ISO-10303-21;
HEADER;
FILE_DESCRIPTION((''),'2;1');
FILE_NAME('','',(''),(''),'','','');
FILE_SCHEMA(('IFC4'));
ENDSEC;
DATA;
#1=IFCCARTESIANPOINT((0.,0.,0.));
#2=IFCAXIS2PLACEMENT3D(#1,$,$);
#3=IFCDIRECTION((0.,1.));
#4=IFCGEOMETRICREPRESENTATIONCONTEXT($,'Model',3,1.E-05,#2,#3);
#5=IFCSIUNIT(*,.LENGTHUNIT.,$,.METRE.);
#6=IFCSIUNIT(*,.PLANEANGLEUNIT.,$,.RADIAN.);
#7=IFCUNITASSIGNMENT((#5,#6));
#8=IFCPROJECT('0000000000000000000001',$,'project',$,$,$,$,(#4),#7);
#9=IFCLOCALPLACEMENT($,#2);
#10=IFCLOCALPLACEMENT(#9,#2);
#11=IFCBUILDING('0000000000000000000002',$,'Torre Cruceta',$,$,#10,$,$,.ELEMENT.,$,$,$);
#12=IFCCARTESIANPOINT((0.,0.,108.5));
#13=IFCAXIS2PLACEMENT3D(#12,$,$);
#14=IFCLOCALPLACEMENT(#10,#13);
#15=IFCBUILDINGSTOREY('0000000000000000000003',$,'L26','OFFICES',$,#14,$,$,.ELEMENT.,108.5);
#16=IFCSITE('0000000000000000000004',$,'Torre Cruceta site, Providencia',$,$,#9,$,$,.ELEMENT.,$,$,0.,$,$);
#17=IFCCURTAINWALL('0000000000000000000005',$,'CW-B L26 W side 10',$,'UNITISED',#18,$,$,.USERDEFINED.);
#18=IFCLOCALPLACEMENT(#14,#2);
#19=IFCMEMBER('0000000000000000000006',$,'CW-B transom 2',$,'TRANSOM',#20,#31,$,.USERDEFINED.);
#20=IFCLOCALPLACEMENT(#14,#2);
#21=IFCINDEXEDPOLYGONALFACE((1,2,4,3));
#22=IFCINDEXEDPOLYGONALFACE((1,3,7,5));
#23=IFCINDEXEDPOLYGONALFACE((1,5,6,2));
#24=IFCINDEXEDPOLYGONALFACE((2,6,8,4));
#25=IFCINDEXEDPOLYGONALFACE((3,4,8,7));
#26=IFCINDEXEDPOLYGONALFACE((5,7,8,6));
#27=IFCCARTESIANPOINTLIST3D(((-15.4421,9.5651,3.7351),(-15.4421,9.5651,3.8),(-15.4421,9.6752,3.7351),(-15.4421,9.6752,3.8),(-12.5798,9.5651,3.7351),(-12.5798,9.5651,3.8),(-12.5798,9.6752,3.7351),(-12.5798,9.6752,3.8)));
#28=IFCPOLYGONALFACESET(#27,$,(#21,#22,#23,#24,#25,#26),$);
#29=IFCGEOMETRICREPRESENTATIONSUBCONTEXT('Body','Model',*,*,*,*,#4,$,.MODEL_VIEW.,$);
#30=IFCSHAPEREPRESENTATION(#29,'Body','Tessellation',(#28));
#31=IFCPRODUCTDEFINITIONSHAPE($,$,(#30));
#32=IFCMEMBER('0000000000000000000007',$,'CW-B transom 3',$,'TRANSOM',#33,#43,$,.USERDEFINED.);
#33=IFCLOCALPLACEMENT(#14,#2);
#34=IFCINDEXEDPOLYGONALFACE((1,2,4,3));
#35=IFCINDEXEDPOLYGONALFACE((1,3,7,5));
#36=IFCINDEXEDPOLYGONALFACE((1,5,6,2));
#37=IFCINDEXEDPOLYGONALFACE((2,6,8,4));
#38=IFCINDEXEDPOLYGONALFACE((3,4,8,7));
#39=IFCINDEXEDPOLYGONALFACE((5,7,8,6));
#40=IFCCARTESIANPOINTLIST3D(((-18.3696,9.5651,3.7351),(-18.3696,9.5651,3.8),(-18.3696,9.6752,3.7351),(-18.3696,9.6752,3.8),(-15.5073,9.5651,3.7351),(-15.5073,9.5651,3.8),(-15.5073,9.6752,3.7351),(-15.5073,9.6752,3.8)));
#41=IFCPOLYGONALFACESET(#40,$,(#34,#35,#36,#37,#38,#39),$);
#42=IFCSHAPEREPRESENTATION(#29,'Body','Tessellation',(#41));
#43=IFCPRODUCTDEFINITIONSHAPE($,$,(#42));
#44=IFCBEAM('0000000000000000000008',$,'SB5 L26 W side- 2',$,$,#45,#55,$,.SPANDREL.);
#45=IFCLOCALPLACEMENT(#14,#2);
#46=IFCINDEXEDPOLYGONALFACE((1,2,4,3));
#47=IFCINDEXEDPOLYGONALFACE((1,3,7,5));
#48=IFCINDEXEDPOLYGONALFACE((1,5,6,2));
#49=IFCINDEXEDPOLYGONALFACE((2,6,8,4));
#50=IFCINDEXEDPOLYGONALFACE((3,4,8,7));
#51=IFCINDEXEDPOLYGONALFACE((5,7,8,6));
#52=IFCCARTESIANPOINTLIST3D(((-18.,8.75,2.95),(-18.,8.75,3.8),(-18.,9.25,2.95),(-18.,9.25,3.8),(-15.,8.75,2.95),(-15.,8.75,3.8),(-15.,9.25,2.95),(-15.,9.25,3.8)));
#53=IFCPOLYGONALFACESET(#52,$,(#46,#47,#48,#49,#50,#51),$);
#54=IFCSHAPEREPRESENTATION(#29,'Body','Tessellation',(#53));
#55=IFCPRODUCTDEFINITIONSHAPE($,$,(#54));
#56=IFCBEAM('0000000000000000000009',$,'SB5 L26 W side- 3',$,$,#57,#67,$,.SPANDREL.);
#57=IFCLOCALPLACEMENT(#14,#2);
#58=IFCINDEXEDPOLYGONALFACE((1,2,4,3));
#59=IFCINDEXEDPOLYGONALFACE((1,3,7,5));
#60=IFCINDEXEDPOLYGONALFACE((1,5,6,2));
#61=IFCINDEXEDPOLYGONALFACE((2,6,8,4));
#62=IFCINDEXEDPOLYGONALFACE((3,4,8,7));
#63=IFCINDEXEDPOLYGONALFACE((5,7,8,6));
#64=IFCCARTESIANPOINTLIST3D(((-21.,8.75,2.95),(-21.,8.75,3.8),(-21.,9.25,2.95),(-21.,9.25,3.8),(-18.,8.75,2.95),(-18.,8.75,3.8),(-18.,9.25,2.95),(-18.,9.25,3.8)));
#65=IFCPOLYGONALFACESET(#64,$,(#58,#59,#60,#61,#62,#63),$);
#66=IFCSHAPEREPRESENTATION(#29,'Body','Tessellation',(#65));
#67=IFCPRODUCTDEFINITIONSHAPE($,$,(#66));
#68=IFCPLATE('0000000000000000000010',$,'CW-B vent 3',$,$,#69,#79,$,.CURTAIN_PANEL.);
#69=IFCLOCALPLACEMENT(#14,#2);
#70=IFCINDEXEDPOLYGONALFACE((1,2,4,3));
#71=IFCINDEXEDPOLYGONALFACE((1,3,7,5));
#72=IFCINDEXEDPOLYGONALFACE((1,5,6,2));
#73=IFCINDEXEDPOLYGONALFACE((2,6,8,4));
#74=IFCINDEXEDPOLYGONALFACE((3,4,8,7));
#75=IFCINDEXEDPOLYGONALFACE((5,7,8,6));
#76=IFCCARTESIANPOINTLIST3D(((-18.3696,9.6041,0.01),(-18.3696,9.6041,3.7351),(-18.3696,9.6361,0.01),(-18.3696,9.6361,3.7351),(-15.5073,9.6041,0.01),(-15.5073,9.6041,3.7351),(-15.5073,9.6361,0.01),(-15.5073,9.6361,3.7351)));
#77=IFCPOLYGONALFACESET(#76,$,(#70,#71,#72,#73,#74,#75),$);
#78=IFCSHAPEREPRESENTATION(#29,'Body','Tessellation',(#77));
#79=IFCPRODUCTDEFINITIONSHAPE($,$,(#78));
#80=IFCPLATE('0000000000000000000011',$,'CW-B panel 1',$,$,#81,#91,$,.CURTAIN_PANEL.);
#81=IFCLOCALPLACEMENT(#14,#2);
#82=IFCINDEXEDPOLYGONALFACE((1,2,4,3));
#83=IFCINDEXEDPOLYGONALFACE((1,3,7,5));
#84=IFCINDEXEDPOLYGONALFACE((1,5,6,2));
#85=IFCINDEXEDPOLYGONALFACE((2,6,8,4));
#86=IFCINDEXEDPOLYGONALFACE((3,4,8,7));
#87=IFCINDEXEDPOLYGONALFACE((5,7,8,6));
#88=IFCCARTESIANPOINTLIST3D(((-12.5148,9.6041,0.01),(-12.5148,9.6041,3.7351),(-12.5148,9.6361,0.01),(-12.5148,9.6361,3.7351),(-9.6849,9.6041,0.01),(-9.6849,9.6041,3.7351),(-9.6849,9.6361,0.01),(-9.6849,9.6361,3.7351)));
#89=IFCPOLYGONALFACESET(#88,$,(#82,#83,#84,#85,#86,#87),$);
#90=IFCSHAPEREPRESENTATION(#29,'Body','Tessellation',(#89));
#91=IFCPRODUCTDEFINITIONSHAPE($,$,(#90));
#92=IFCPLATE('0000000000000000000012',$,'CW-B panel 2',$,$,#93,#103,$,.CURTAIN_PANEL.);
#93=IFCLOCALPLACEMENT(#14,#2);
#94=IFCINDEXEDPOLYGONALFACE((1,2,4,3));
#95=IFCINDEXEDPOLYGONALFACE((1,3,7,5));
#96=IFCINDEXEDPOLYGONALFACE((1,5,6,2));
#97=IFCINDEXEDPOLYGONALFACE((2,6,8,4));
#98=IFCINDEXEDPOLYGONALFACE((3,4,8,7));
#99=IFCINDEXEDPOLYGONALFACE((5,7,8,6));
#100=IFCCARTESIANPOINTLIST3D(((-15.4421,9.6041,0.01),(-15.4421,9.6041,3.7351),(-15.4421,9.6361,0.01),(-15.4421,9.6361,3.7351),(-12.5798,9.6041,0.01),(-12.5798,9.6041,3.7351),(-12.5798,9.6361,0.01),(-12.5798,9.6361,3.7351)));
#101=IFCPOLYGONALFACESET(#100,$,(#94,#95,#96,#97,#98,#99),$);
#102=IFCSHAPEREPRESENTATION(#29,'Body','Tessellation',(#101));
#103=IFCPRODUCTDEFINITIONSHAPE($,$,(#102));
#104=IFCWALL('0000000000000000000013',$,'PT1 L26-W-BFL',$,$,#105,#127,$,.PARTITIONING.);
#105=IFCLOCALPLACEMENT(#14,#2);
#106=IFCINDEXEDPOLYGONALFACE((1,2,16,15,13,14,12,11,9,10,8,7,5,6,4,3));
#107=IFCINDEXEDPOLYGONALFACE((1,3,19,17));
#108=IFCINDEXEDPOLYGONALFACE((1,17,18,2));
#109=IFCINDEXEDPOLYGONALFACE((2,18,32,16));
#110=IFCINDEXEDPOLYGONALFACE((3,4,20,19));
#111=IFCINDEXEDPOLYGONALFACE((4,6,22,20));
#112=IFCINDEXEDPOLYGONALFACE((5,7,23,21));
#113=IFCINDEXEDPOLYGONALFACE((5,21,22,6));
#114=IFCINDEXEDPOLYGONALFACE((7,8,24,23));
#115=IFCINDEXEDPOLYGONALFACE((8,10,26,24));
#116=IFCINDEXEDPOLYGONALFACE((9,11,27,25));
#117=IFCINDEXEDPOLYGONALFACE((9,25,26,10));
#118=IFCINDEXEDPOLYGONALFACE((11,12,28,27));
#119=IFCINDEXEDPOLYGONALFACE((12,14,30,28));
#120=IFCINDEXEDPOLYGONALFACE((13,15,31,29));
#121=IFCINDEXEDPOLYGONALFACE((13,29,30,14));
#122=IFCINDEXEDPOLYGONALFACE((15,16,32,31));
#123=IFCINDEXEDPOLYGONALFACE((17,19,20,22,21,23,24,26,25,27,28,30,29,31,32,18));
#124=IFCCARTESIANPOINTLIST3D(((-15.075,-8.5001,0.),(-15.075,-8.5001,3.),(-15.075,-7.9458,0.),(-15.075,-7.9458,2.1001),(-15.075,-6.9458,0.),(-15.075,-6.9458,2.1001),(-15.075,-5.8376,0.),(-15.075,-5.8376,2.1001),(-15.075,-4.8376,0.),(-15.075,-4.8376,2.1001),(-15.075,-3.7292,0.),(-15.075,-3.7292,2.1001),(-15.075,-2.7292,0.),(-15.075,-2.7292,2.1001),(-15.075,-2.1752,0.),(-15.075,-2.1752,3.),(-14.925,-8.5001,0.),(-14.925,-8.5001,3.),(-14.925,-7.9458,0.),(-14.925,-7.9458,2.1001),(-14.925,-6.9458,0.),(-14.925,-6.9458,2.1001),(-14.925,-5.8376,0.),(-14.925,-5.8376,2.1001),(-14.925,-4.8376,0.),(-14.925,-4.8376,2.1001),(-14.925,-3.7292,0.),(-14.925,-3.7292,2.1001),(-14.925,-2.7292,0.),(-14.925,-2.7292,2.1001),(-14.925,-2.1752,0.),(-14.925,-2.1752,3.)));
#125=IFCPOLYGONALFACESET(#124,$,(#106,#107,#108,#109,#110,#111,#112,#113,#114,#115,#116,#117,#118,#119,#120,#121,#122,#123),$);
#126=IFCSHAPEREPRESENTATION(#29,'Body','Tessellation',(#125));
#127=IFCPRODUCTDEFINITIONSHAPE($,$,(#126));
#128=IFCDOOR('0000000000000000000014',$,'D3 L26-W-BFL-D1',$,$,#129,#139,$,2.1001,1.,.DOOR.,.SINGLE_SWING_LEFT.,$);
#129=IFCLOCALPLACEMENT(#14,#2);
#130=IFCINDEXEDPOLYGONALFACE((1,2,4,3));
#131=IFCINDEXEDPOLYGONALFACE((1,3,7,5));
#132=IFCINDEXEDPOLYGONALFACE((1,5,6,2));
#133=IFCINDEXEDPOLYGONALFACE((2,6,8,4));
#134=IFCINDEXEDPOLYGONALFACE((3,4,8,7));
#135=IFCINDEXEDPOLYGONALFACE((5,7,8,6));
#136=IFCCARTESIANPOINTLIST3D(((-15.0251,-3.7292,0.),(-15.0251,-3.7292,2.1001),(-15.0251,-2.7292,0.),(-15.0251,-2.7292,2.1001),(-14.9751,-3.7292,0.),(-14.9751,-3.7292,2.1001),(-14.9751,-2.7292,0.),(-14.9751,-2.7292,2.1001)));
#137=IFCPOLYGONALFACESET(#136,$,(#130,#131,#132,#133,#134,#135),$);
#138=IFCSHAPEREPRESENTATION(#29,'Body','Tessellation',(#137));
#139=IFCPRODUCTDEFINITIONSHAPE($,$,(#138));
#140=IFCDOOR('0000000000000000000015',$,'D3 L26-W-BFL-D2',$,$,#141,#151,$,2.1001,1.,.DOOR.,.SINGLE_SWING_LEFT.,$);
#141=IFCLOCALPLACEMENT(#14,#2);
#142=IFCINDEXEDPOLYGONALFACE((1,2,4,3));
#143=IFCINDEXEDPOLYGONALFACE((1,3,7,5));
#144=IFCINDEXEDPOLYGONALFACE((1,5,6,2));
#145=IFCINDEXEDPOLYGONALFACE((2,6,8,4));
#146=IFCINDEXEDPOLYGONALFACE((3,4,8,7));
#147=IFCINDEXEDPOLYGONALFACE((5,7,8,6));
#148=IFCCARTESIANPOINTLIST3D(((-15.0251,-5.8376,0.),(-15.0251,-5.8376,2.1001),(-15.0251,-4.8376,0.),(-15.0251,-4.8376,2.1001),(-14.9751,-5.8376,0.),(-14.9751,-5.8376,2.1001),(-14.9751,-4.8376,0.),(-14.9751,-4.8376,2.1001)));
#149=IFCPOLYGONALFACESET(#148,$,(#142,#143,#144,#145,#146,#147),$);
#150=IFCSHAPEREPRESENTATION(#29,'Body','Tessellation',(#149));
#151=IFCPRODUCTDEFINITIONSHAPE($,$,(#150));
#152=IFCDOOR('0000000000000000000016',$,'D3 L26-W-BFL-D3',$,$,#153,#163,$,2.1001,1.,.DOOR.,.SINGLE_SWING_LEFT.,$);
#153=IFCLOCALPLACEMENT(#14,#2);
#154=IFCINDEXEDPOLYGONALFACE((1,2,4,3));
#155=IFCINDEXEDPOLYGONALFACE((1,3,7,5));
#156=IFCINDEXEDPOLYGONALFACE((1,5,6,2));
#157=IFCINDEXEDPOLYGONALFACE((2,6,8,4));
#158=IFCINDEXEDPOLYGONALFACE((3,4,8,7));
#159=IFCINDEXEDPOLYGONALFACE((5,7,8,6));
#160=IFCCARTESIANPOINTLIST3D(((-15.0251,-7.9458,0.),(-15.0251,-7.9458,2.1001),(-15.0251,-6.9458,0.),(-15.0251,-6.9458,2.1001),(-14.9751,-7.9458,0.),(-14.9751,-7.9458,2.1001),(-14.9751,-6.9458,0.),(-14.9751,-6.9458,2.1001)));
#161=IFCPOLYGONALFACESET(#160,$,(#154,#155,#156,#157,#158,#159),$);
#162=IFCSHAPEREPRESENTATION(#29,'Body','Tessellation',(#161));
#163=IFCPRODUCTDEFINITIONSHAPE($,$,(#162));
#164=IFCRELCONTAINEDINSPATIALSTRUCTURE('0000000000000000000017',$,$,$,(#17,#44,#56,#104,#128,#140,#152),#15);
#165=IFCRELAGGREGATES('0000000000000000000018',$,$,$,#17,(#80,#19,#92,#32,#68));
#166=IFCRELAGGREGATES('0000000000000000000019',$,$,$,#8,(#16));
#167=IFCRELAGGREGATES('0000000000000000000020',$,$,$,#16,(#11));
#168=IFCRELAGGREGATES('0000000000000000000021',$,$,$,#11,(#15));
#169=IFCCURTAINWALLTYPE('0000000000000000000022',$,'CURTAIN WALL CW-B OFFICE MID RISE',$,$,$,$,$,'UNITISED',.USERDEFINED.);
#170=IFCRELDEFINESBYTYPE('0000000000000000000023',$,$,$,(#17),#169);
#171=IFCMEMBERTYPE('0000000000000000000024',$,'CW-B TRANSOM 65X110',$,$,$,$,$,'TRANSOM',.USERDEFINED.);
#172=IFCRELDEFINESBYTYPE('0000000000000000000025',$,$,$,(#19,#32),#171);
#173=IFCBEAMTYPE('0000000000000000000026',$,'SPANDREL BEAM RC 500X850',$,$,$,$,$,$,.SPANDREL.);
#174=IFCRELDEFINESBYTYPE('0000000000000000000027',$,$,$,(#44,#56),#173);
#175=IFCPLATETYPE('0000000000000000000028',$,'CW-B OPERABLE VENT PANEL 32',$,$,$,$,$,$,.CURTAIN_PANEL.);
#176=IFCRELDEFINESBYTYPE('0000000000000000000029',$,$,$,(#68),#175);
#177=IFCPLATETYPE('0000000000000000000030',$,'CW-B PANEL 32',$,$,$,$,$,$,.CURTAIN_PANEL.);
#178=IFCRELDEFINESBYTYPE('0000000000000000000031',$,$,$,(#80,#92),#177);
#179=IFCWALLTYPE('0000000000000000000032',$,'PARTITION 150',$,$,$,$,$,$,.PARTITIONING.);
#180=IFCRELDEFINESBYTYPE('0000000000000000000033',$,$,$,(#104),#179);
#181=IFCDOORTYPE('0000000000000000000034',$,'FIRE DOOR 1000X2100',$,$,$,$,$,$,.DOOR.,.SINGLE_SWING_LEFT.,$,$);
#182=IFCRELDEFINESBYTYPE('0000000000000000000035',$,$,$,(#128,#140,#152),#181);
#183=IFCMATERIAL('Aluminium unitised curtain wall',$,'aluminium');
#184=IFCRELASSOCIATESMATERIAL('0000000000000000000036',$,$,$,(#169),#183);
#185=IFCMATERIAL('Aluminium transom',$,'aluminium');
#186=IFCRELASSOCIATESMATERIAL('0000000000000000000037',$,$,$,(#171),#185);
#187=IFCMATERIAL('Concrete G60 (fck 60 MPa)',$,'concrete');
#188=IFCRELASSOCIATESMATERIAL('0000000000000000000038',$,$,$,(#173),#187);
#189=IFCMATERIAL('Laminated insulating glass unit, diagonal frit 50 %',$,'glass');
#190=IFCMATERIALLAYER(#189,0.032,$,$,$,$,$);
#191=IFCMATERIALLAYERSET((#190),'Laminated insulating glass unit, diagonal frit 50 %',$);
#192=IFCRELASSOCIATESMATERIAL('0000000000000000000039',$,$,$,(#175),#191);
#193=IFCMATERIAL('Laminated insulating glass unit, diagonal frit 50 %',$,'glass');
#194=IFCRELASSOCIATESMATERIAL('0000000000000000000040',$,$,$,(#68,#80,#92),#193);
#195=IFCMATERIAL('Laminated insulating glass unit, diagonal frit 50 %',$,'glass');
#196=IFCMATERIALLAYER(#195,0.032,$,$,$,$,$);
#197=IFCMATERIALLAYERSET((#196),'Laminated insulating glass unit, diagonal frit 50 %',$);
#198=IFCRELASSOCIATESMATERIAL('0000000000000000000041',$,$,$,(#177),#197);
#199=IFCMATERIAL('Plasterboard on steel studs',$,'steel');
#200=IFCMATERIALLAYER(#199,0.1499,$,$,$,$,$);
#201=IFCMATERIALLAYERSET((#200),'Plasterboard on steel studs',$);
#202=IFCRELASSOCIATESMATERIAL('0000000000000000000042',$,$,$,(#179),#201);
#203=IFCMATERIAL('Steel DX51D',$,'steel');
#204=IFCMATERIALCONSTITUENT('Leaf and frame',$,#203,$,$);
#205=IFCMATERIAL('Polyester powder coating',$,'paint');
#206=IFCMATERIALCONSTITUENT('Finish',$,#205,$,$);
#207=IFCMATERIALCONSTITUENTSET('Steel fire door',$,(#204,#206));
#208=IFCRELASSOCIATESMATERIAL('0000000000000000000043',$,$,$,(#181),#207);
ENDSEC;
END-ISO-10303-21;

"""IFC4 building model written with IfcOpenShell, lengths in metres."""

from ifc_helpers import new_model, si_unit, direction, frame, frame_2d, origin, origin_2d, place, context, subcontext, project, spatial, rectangle, extrude, material, layer, layer_set, constituent, constituent_set, material_profile, profile_set, type_object, element, fill, aggregate, save


model = new_model("IFC4")

# Units and contexts
model_context = context("Model", 3, precision=1e-05, world=origin(), true_north=direction((0.0, 1.0)))
body_context = subcontext(model_context, "Body", "Model", "MODEL_VIEW")
ifc_project = project(units=[si_unit("LENGTHUNIT", "METRE"), si_unit("PLANEANGLEUNIT", "RADIAN")], contexts=[model_context])

# Site, building, storey
site_placement = place(None, origin())
site = spatial("IfcSite", under=ifc_project, at=site_placement, Name="Torre Cruceta site, Providencia", CompositionType="ELEMENT", RefElevation=0.0)
building_placement = place(site_placement, origin())
building = spatial("IfcBuilding", under=site, at=building_placement, Name="Torre Cruceta", CompositionType="ELEMENT")
storey_placement = place(building_placement, frame((0.0, 0.0, 108.5)))
storey = spatial("IfcBuildingStorey", under=building, at=storey_placement, Name="L26", Description="OFFICES", CompositionType="ELEMENT", Elevation=108.5)

# Curtain wall, members
ifc_material_1 = material(Name="Aluminium unitised curtain wall", Category="aluminium")
curtain_wall_type = type_object("IfcCurtainWallType", Name="CURTAIN WALL CW-B OFFICE MID RISE", ElementType="UNITISED", PredefinedType="USERDEFINED", material=ifc_material_1)
curtain_wall_placement = place(storey_placement, origin())
curtain_wall = element("IfcCurtainWall", 1, at=curtain_wall_placement, inside=storey, type_object=curtain_wall_type, Name="CW-B L26 W side 10", ObjectType="UNITISED", PredefinedType="USERDEFINED")
ifc_material_2 = material(Name="Aluminium transom", Category="aluminium")
ifc_material_profile_1 = material_profile(ifc_material_2, rectangle(XDim=0.1101, YDim=0.0649, at=origin_2d()), Name="AL 110X65")
ifc_profile_set_1 = profile_set([ifc_material_profile_1], Name="Aluminium transom")
member_type_1 = type_object("IfcMemberType", Name="CW-B TRANSOM 65X110", ElementType="TRANSOM", PredefinedType="USERDEFINED", material=ifc_profile_set_1)
member_1_placement = place(storey_placement, frame((-12.5798, 9.6201, 3.7676), z_axis=(-1.0, 0.0, 0.0), x_axis=(0.0, -1.0, 0.0)))
member_1 = element("IfcMember", 2, at=member_1_placement, type_object=member_type_1, Name="CW-B transom 2", ObjectType="TRANSOM", PredefinedType="USERDEFINED", context=body_context, shape_type="SweptSolid", body=[
    extrude(rectangle(XDim=0.1101, YDim=0.0649, at=origin_2d()), origin(), (0.0, 0.0, 1.0), 2.8623),
])
member_2_placement = place(storey_placement, frame((-15.5073, 9.6201, 3.7676), z_axis=(-1.0, 0.0, 0.0), x_axis=(0.0, -1.0, 0.0)))
member_2 = element("IfcMember", 3, at=member_2_placement, type_object=member_type_1, Name="CW-B transom 3", ObjectType="TRANSOM", PredefinedType="USERDEFINED", context=body_context, shape_type="SweptSolid", body=[
    extrude(rectangle(XDim=0.1101, YDim=0.0649, at=origin_2d()), origin(), (0.0, 0.0, 1.0), 2.8623),
])

# Beams
ifc_material_3 = material(Name="Concrete G60 (fck 60 MPa)", Category="concrete")
ifc_material_profile_2 = material_profile(ifc_material_3, rectangle(XDim=0.5, YDim=0.8501, at=origin_2d()), Name="RC 500X850")
ifc_profile_set_2 = profile_set([ifc_material_profile_2], Name="Concrete G60 (fck 60 MPa)")
beam_type_1 = type_object("IfcBeamType", Name="SPANDREL BEAM RC 500X850", PredefinedType="SPANDREL", material=ifc_profile_set_2)
for number, where, z_axis, x_axis, name in (
    (4, (-15.0, 9.0, 3.375), (-1.0, 0.0, 0.0), (0.0, -1.0, 0.0), "SB5 L26 W side- 2"),
    (5, (-18.0, 9.0, 3.375), (-1.0, 0.0, 0.0), (0.0, -1.0, 0.0), "SB5 L26 W side- 3"),
):
    element("IfcBeam", number, at=place(storey_placement, frame(where, z_axis=z_axis, x_axis=x_axis)), inside=storey, type_object=beam_type_1, Name=name, PredefinedType="SPANDREL", context=body_context, shape_type="SweptSolid", body=[
        extrude(rectangle(XDim=0.5, YDim=0.8501, at=origin_2d()), origin(), (0.0, 0.0, 1.0), 3.0),
    ])

# Plates
ifc_material_4 = material(Name="Laminated insulating glass unit, diagonal frit 50 %", Category="glass")
ifc_material_5 = material(Name="Laminated insulating glass unit, diagonal frit 50 %", Category="glass")
ifc_layer_1 = layer(ifc_material_5, 0.032)
ifc_layer_set_1 = layer_set([ifc_layer_1], Name="Laminated insulating glass unit, diagonal frit 50 %")
plate_type_1 = type_object("IfcPlateType", Name="CW-B OPERABLE VENT PANEL 32", PredefinedType="CURTAIN_PANEL", material=ifc_layer_set_1)
plate_1_placement = place(storey_placement, frame((-16.9385, 9.6201, 0.01), z_axis=(0.0, 0.0, 1.0), x_axis=(-1.0, 0.0, 0.0)))
plate_1 = element("IfcPlate", 6, at=plate_1_placement, type_object=plate_type_1, material=ifc_material_4, Name="CW-B vent 3", PredefinedType="CURTAIN_PANEL", context=body_context, shape_type="SweptSolid", body=[
    extrude(rectangle(XDim=2.8623, YDim=0.032, at=origin_2d()), origin(), (0.0, 0.0, 1.0), 3.7251),
])
ifc_material_6 = material(Name="Laminated insulating glass unit, diagonal frit 50 %", Category="glass")
ifc_layer_2 = layer(ifc_material_6, 0.032)
ifc_layer_set_2 = layer_set([ifc_layer_2], Name="Laminated insulating glass unit, diagonal frit 50 %")
plate_type_2 = type_object("IfcPlateType", Name="CW-B PANEL 32", PredefinedType="CURTAIN_PANEL", material=ifc_layer_set_2)
plate_2_placement = place(storey_placement, frame((-11.0999, 9.6201, 0.01), z_axis=(0.0, 0.0, 1.0), x_axis=(-1.0, 0.0, 0.0)))
plate_2 = element("IfcPlate", 7, at=plate_2_placement, type_object=plate_type_2, material=ifc_material_4, Name="CW-B panel 1", PredefinedType="CURTAIN_PANEL", context=body_context, shape_type="SweptSolid", body=[
    extrude(rectangle(XDim=2.8298, YDim=0.032, at=origin_2d()), origin(), (0.0, 0.0, 1.0), 3.7251),
])
plate_3_placement = place(storey_placement, frame((-14.011, 9.6201, 0.01), z_axis=(0.0, 0.0, 1.0), x_axis=(-1.0, 0.0, 0.0)))
plate_3 = element("IfcPlate", 8, at=plate_3_placement, type_object=plate_type_2, material=ifc_material_4, Name="CW-B panel 2", PredefinedType="CURTAIN_PANEL", context=body_context, shape_type="SweptSolid", body=[
    extrude(rectangle(XDim=2.8623, YDim=0.032, at=origin_2d()), origin(), (0.0, 0.0, 1.0), 3.7251),
])
aggregate(curtain_wall, [plate_2, member_1, plate_3, member_2, plate_1])

# Wall, openings, doors
ifc_material_7 = material(Name="Plasterboard on steel studs", Category="steel")
ifc_layer_3 = layer(ifc_material_7, 0.1499)
ifc_layer_set_3 = layer_set([ifc_layer_3], Name="Plasterboard on steel studs")
wall_type = type_object("IfcWallType", Name="PARTITION 150", PredefinedType="PARTITIONING", material=ifc_layer_set_3)
wall_1_placement = place(storey_placement, frame((-15.0, -2.175, 0.0), z_axis=(0.0, 0.0, 1.0), x_axis=(0.0, -1.0, 0.0)))
wall_1 = element("IfcWall", 9, at=wall_1_placement, inside=storey, type_object=wall_type, Name="PT1 L26-W-BFL", PredefinedType="PARTITIONING", context=body_context, shape_type="SweptSolid", body=[
    extrude(rectangle(XDim=6.325, YDim=0.1499, at=frame_2d((3.1626, 0.0))), origin(), (0.0, 0.0, 1.0), 3.0),
])
opening_1_placement = place(wall_1_placement, frame((0.5542, 0.0, 0.0)))
opening_1 = element("IfcOpeningElement", 10, at=opening_1_placement, cuts=wall_1, PredefinedType="OPENING", context=body_context, shape_type="SweptSolid", body=[
    extrude(rectangle(XDim=1.0, YDim=2.1001, at=frame_2d((0.5, 1.05))), frame((0.0, 0.085, 0.0), z_axis=(0.0, -1.0, 0.0), x_axis=(1.0, 0.0, 0.0)), (0.0, 0.0, 1.0), 0.1699),
])
opening_2_placement = place(wall_1_placement, frame((2.6626, 0.0, 0.0)))
opening_2 = element("IfcOpeningElement", 11, at=opening_2_placement, cuts=wall_1, PredefinedType="OPENING", context=body_context, shape_type="SweptSolid", body=[
    extrude(rectangle(XDim=1.0, YDim=2.1001, at=frame_2d((0.5, 1.05))), frame((0.0, 0.085, 0.0), z_axis=(0.0, -1.0, 0.0), x_axis=(1.0, 0.0, 0.0)), (0.0, 0.0, 1.0), 0.1699),
])
opening_3_placement = place(wall_1_placement, frame((4.7708, 0.0, 0.0)))
opening_3 = element("IfcOpeningElement", 12, at=opening_3_placement, cuts=wall_1, PredefinedType="OPENING", context=body_context, shape_type="SweptSolid", body=[
    extrude(rectangle(XDim=1.0, YDim=2.1001, at=frame_2d((0.5, 1.05))), frame((0.0, 0.085, 0.0), z_axis=(0.0, -1.0, 0.0), x_axis=(1.0, 0.0, 0.0)), (0.0, 0.0, 1.0), 0.1699),
])
ifc_material_8 = material(Name="Steel DX51D", Category="steel")
ifc_constituent_1 = constituent(ifc_material_8, Name="Leaf and frame")
ifc_material_9 = material(Name="Polyester powder coating", Category="paint")
ifc_constituent_2 = constituent(ifc_material_9, Name="Finish")
ifc_constituent_set = constituent_set(constituents=[ifc_constituent_1, ifc_constituent_2], Name="Steel fire door")
door_type = type_object("IfcDoorType", Name="FIRE DOOR 1000X2100", OperationType="SINGLE_SWING_LEFT", PredefinedType="DOOR", material=ifc_constituent_set)
door_1_placement = place(opening_1_placement, origin())
door_1 = element("IfcDoor", 13, at=door_1_placement, inside=storey, type_object=door_type, Name="D3 L26-W-BFL-D1", OperationType="SINGLE_SWING_LEFT", OverallHeight=2.1001, OverallWidth=1.0, PredefinedType="DOOR", context=body_context, shape_type="SweptSolid", body=[
    extrude(rectangle(XDim=1.0, YDim=2.1001, at=frame_2d((0.5, 1.05))), frame((0.0, 0.0249, 0.0), z_axis=(0.0, -1.0, 0.0), x_axis=(1.0, 0.0, 0.0)), (0.0, 0.0, 1.0), 0.05),
])
fill(opening_1, door_1)
door_2_placement = place(opening_2_placement, origin())
door_2 = element("IfcDoor", 14, at=door_2_placement, inside=storey, type_object=door_type, Name="D3 L26-W-BFL-D2", OperationType="SINGLE_SWING_LEFT", OverallHeight=2.1001, OverallWidth=1.0, PredefinedType="DOOR", context=body_context, shape_type="SweptSolid", body=[
    extrude(rectangle(XDim=1.0, YDim=2.1001, at=frame_2d((0.5, 1.05))), frame((0.0, 0.0249, 0.0), z_axis=(0.0, -1.0, 0.0), x_axis=(1.0, 0.0, 0.0)), (0.0, 0.0, 1.0), 0.05),
])
fill(opening_2, door_2)
door_3_placement = place(opening_3_placement, origin())
door_3 = element("IfcDoor", 15, at=door_3_placement, inside=storey, type_object=door_type, Name="D3 L26-W-BFL-D3", OperationType="SINGLE_SWING_LEFT", OverallHeight=2.1001, OverallWidth=1.0, PredefinedType="DOOR", context=body_context, shape_type="SweptSolid", body=[
    extrude(rectangle(XDim=1.0, YDim=2.1001, at=frame_2d((0.5, 1.05))), frame((0.0, 0.0249, 0.0), z_axis=(0.0, -1.0, 0.0), x_axis=(1.0, 0.0, 0.0)), (0.0, 0.0, 1.0), 0.05),
])
fill(opening_3, door_3)

save(model, "model.ifc")
